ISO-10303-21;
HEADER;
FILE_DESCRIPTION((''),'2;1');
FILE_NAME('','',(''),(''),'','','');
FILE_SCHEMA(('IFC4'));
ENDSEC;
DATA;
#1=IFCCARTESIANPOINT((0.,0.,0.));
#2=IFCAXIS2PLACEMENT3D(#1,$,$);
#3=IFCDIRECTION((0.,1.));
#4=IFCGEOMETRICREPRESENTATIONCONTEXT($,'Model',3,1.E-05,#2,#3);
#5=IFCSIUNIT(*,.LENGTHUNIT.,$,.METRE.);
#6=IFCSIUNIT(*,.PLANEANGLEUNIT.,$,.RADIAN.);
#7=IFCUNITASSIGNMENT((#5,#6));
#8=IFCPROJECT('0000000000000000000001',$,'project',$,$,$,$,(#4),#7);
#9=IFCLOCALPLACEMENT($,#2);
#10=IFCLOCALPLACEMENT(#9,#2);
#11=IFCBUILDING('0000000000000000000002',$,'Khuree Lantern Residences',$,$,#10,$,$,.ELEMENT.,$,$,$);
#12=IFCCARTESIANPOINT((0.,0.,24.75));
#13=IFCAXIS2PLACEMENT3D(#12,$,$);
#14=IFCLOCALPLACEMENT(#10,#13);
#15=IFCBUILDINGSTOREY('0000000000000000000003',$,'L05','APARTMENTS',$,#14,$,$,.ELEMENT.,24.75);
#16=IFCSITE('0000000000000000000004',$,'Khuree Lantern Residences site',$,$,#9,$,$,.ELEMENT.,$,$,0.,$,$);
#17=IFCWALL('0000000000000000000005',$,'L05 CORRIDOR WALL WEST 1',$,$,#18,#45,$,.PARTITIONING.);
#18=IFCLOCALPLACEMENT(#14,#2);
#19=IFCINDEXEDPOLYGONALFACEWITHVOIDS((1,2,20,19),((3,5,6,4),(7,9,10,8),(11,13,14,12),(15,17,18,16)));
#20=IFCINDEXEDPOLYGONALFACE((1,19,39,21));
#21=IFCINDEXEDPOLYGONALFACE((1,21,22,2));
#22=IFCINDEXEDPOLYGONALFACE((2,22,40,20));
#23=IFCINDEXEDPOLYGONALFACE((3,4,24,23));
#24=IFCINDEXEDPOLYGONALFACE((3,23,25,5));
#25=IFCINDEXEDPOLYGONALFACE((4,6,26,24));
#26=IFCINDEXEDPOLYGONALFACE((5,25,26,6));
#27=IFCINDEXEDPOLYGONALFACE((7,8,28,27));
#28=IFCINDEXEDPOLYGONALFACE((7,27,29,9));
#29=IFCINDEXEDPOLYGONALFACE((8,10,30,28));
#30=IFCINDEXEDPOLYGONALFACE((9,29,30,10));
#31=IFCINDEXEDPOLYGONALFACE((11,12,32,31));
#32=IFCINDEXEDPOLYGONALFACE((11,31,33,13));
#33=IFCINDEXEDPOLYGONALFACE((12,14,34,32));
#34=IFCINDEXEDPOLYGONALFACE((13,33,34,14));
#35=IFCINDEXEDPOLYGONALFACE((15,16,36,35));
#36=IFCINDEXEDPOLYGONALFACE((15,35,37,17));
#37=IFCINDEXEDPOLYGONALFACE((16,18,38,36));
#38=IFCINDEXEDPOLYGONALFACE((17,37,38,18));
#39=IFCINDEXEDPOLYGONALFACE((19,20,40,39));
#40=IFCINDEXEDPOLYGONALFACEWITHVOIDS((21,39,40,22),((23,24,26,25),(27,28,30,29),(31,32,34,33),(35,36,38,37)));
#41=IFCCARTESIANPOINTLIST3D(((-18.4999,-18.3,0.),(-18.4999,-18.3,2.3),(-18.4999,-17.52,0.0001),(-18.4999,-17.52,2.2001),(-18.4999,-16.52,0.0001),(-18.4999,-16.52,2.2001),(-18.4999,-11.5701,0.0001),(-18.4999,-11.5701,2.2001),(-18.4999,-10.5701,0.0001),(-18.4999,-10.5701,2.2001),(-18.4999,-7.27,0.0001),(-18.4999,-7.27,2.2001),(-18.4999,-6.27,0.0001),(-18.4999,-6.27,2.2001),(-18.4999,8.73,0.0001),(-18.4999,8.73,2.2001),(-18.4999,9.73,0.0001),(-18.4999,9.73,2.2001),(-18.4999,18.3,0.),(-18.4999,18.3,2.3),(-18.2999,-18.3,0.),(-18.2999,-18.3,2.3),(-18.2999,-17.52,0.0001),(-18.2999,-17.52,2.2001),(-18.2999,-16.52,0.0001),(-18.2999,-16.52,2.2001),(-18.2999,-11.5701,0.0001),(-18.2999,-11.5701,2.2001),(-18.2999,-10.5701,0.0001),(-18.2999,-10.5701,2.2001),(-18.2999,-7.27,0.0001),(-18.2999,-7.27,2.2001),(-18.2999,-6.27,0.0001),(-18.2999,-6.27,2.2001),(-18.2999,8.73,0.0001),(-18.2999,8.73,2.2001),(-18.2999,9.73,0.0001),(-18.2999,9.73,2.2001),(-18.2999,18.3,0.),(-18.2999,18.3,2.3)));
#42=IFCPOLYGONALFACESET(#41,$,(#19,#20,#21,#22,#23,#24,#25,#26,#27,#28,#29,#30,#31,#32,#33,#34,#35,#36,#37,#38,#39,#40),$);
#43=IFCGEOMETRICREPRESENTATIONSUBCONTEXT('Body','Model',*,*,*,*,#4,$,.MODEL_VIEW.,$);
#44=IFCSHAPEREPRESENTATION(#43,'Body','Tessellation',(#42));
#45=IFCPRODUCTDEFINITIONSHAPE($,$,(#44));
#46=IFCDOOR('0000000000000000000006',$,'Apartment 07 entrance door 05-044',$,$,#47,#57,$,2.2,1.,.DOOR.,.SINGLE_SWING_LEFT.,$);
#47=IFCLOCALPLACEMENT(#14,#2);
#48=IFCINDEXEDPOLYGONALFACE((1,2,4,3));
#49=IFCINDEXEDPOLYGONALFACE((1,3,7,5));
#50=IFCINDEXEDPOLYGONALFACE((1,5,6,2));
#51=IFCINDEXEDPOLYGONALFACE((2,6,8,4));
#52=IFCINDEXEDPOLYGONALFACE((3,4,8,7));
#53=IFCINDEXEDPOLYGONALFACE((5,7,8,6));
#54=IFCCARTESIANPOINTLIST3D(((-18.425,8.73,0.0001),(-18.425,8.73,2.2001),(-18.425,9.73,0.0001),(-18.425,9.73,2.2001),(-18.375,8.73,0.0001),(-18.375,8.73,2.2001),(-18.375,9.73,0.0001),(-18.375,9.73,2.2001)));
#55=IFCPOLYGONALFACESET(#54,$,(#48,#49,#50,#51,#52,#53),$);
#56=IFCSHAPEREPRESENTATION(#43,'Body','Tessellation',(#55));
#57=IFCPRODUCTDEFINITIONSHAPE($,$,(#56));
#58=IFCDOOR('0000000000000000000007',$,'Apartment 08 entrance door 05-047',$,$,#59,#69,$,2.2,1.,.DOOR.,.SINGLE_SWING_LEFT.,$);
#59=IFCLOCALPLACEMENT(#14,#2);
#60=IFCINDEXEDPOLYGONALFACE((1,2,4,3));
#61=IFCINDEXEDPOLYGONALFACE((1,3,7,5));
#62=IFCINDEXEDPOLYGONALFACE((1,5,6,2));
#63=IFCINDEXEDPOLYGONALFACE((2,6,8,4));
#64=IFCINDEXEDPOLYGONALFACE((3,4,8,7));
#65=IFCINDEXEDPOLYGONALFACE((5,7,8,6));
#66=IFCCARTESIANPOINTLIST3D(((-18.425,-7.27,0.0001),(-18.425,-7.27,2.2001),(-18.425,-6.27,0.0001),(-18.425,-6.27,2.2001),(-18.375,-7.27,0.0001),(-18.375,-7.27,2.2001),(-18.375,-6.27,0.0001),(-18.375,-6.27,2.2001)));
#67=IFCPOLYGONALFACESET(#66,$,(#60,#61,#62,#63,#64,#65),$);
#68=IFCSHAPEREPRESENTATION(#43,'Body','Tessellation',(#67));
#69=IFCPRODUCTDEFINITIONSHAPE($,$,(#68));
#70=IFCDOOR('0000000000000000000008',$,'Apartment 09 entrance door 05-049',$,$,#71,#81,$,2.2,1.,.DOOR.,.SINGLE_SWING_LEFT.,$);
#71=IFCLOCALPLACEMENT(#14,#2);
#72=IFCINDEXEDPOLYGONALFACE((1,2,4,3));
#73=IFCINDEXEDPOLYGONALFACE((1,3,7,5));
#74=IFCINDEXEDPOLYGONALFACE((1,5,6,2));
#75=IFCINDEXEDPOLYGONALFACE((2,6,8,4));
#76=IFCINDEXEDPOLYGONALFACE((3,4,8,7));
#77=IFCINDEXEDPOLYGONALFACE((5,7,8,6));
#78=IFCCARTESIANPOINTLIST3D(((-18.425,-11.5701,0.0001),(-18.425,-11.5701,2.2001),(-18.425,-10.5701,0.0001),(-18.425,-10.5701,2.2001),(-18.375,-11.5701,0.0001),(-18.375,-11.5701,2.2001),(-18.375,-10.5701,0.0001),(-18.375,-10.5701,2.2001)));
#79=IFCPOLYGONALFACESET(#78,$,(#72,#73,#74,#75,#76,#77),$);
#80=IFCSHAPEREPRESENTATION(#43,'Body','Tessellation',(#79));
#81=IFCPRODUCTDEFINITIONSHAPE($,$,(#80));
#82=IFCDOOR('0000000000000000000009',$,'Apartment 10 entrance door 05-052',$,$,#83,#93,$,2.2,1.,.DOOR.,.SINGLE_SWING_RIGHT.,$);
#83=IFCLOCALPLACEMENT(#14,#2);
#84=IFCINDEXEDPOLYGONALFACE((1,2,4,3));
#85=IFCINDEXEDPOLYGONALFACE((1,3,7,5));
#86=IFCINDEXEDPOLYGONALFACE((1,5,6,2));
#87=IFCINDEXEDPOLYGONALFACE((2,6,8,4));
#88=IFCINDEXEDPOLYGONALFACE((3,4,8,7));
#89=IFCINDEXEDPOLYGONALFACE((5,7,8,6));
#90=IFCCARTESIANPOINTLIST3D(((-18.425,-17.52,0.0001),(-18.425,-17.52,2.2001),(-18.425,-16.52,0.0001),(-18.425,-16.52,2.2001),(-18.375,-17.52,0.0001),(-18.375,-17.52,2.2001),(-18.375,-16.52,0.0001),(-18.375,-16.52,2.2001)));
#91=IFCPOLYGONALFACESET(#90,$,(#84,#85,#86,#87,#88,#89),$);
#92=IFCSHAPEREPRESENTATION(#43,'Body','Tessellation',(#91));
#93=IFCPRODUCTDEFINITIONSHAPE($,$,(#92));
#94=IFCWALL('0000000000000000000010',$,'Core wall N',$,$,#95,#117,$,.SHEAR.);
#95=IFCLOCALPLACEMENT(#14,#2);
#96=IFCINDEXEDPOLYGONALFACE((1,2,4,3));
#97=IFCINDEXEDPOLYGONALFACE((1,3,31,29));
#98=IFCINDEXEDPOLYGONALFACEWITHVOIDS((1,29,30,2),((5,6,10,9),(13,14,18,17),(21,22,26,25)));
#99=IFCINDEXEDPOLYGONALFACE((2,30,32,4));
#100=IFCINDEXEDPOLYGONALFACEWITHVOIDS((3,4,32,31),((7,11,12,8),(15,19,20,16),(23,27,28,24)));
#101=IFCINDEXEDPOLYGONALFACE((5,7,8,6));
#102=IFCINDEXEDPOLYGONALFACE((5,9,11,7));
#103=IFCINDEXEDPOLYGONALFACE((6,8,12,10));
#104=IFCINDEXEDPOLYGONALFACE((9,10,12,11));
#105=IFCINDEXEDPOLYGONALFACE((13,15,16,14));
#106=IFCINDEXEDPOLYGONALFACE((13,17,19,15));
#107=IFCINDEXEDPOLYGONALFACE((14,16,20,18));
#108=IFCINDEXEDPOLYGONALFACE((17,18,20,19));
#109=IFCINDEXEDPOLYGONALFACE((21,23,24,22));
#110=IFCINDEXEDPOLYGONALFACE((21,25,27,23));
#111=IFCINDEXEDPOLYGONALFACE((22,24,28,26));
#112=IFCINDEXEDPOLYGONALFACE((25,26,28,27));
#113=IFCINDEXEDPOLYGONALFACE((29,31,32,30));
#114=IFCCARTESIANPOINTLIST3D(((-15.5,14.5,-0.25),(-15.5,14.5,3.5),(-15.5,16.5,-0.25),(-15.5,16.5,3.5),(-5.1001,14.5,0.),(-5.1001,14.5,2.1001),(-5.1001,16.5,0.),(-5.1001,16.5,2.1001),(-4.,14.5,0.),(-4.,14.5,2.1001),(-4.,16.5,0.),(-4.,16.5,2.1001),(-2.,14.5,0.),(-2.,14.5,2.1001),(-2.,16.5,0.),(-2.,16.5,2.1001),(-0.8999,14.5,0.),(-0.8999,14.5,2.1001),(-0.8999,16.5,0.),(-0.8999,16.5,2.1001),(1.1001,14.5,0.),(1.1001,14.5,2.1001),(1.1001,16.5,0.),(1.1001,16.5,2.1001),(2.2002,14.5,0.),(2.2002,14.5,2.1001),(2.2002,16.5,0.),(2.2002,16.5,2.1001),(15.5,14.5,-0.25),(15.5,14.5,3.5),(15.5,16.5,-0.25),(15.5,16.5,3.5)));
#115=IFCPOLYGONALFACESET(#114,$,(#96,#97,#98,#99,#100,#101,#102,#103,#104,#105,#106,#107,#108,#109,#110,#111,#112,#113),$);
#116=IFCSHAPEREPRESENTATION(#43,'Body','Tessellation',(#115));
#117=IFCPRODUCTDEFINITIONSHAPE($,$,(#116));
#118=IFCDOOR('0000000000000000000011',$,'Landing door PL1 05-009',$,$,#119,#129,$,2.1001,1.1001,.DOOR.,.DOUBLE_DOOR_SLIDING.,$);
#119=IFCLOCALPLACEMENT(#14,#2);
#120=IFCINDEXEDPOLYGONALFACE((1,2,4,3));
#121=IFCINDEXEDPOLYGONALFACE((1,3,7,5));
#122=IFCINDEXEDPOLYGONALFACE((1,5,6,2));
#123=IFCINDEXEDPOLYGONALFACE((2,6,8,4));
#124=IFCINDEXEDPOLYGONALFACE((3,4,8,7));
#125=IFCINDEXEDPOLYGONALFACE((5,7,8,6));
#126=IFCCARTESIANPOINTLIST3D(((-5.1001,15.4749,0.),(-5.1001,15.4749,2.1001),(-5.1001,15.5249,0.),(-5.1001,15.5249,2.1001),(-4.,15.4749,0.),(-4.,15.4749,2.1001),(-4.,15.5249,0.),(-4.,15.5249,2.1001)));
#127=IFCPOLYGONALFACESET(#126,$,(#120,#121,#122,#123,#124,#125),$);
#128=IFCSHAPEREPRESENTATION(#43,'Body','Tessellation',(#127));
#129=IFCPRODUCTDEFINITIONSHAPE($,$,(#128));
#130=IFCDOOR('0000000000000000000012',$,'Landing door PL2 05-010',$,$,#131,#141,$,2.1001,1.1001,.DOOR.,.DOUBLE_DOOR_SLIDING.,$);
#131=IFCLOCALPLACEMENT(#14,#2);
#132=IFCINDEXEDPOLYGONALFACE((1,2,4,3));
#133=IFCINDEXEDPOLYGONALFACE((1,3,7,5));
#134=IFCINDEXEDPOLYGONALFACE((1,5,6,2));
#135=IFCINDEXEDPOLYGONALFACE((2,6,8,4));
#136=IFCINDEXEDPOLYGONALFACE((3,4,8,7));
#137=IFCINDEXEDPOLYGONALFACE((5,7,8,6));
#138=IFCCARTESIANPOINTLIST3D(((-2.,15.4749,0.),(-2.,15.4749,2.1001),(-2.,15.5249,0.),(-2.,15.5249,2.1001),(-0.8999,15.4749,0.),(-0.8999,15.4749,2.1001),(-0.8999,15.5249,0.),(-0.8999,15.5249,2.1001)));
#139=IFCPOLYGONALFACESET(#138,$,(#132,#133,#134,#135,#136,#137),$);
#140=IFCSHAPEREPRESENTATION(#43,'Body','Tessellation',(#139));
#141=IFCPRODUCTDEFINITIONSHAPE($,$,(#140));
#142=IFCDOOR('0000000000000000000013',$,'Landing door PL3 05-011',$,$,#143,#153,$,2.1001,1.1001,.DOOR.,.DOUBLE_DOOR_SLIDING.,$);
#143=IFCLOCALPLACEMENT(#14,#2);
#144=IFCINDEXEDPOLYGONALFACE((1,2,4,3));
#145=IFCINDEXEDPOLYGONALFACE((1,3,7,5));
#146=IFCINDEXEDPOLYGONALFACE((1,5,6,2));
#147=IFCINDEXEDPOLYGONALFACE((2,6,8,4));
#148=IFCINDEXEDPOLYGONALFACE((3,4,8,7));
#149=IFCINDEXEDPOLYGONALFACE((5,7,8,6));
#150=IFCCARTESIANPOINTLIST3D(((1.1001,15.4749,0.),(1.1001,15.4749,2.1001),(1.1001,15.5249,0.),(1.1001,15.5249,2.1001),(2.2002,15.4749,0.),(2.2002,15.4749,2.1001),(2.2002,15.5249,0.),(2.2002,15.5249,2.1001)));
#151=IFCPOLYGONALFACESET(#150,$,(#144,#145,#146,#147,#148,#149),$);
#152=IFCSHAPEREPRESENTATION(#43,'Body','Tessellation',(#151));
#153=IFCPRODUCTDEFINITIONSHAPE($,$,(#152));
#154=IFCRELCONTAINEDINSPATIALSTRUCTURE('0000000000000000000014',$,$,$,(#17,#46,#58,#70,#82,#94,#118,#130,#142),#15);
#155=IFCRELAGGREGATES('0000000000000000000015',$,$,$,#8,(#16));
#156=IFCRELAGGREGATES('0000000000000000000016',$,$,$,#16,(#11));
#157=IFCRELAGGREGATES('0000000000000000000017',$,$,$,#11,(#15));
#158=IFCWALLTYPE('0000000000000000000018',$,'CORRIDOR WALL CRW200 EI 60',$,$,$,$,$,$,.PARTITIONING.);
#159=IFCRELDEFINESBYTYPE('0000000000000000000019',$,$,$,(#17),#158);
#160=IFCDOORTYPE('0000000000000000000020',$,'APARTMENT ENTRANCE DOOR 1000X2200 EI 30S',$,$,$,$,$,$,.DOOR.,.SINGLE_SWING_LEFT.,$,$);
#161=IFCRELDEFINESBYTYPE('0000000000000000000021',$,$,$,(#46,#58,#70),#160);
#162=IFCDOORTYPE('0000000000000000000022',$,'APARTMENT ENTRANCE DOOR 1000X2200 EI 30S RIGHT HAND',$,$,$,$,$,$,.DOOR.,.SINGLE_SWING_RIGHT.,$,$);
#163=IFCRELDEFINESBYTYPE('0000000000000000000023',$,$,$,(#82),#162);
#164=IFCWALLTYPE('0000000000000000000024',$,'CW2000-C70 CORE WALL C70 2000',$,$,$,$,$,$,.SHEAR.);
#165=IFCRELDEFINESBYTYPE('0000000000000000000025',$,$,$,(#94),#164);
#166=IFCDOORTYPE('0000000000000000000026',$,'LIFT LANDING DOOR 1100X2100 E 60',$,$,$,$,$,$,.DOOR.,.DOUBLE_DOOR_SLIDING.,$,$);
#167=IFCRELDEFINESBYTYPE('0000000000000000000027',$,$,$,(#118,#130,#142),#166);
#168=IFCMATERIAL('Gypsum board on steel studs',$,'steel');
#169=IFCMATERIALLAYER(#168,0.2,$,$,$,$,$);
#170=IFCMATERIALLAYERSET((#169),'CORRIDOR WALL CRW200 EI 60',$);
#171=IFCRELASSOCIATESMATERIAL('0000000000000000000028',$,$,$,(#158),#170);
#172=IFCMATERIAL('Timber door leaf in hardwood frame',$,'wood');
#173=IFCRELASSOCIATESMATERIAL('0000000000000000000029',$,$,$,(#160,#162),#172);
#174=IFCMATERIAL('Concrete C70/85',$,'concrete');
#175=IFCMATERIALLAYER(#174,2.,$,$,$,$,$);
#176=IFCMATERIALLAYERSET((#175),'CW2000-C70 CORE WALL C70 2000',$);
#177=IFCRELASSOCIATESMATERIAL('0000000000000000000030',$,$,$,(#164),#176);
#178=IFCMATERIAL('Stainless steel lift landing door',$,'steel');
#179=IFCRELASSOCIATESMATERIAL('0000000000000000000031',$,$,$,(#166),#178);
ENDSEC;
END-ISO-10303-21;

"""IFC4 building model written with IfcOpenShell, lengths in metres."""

from ifc_helpers import new_model, si_unit, direction, frame, frame_2d, origin, place, context, subcontext, project, spatial, rectangle, extrude, material, layer, layer_set, type_object, element, fill, save


model = new_model("IFC4")

# Units and contexts
model_context = context("Model", 3, precision=1e-05, world=origin(), true_north=direction((0.0, 1.0)))
body_context = subcontext(model_context, "Body", "Model", "MODEL_VIEW")
ifc_project = project(units=[si_unit("LENGTHUNIT", "METRE"), si_unit("PLANEANGLEUNIT", "RADIAN")], contexts=[model_context])

# Site, building, storey
site_placement = place(None, origin())
site = spatial("IfcSite", under=ifc_project, at=site_placement, Name="Khuree Lantern Residences site", CompositionType="ELEMENT", RefElevation=0.0)
building_placement = place(site_placement, origin())
building = spatial("IfcBuilding", under=site, at=building_placement, Name="Khuree Lantern Residences", CompositionType="ELEMENT")
storey_placement = place(building_placement, frame((0.0, 0.0, 24.75)))
storey = spatial("IfcBuildingStorey", under=building, at=storey_placement, Name="L05", Description="APARTMENTS", CompositionType="ELEMENT", Elevation=24.75)

# Shared definitions
ifc_material_1 = material(Name="Concrete C70/85", Category="concrete")

# Shared definitions
ifc_material_2 = material(Name="Gypsum board on steel studs", Category="steel")
ifc_layer_1 = layer(ifc_material_2, 0.2)
ifc_layer_set_1 = layer_set([ifc_layer_1], Name="CORRIDOR WALL CRW200 EI 60")
wall_type_1 = type_object("IfcWallType", Name="CORRIDOR WALL CRW200 EI 60", PredefinedType="PARTITIONING", material=ifc_layer_set_1)

# Walls, openings, doors
wall_1_placement = place(storey_placement, frame((-18.3999, 18.3, 0.0), z_axis=(0.0, 0.0, 1.0), x_axis=(0.0, -1.0, 0.0)))
wall_1 = element("IfcWall", 1, at=wall_1_placement, inside=storey, type_object=wall_type_1, Name="L05 CORRIDOR WALL WEST 1", PredefinedType="PARTITIONING", context=body_context, shape_type="SweptSolid", body=[
    extrude(rectangle(XDim=36.6001, YDim=0.2, at=frame_2d((18.3, 0.0))), origin(), (0.0, 0.0, 1.0), 2.3),
])
opening_1_placement = place(wall_1_placement, frame((8.5701, 0.0, 0.0)))
opening_1 = element("IfcOpeningElement", 2, at=opening_1_placement, cuts=wall_1, PredefinedType="OPENING", context=body_context, shape_type="SweptSolid", body=[
    extrude(rectangle(XDim=1.0, YDim=2.2, at=frame_2d((0.5, 1.1001))), frame((0.0, 0.1099, 0.0), z_axis=(0.0, -1.0, 0.0), x_axis=(1.0, 0.0, 0.0)), (0.0, 0.0, 1.0), 0.22),
])
opening_2_placement = place(wall_1_placement, frame((24.5701, 0.0, 0.0)))
opening_2 = element("IfcOpeningElement", 3, at=opening_2_placement, cuts=wall_1, PredefinedType="OPENING", context=body_context, shape_type="SweptSolid", body=[
    extrude(rectangle(XDim=1.0, YDim=2.2, at=frame_2d((0.5, 1.1001))), frame((0.0, 0.1099, 0.0), z_axis=(0.0, -1.0, 0.0), x_axis=(1.0, 0.0, 0.0)), (0.0, 0.0, 1.0), 0.22),
])
opening_3_placement = place(wall_1_placement, frame((28.8701, 0.0, 0.0)))
opening_3 = element("IfcOpeningElement", 4, at=opening_3_placement, cuts=wall_1, PredefinedType="OPENING", context=body_context, shape_type="SweptSolid", body=[
    extrude(rectangle(XDim=1.0, YDim=2.2, at=frame_2d((0.5, 1.1001))), frame((0.0, 0.1099, 0.0), z_axis=(0.0, -1.0, 0.0), x_axis=(1.0, 0.0, 0.0)), (0.0, 0.0, 1.0), 0.22),
])
opening_4_placement = place(wall_1_placement, frame((34.8201, 0.0, 0.0)))
opening_4 = element("IfcOpeningElement", 5, at=opening_4_placement, cuts=wall_1, PredefinedType="OPENING", context=body_context, shape_type="SweptSolid", body=[
    extrude(rectangle(XDim=1.0, YDim=2.2, at=frame_2d((0.5, 1.1001))), frame((0.0, 0.1099, 0.0), z_axis=(0.0, -1.0, 0.0), x_axis=(1.0, 0.0, 0.0)), (0.0, 0.0, 1.0), 0.22),
])
ifc_material_3 = material(Name="Timber door leaf in hardwood frame", Category="wood")
door_type_1 = type_object("IfcDoorType", Name="APARTMENT ENTRANCE DOOR 1000X2200 EI 30S", OperationType="SINGLE_SWING_LEFT", PredefinedType="DOOR", material=ifc_material_3)
door_1_placement = place(opening_1_placement, origin())
door_1 = element("IfcDoor", 6, at=door_1_placement, inside=storey, type_object=door_type_1, Name="Apartment 07 entrance door 05-044", OperationType="SINGLE_SWING_LEFT", OverallHeight=2.2, OverallWidth=1.0, PredefinedType="DOOR", context=body_context, shape_type="SweptSolid", body=[
    extrude(rectangle(XDim=1.0, YDim=2.2, at=frame_2d((0.5, 1.1001))), frame((0.0, 0.0249, 0.0), z_axis=(0.0, -1.0, 0.0), x_axis=(1.0, 0.0, 0.0)), (0.0, 0.0, 1.0), 0.05),
])
fill(opening_1, door_1)
door_2_placement = place(opening_2_placement, origin())
door_2 = element("IfcDoor", 7, at=door_2_placement, inside=storey, type_object=door_type_1, Name="Apartment 08 entrance door 05-047", OperationType="SINGLE_SWING_LEFT", OverallHeight=2.2, OverallWidth=1.0, PredefinedType="DOOR", context=body_context, shape_type="SweptSolid", body=[
    extrude(rectangle(XDim=1.0, YDim=2.2, at=frame_2d((0.5, 1.1001))), frame((0.0, 0.0249, 0.0), z_axis=(0.0, -1.0, 0.0), x_axis=(1.0, 0.0, 0.0)), (0.0, 0.0, 1.0), 0.05),
])
fill(opening_2, door_2)
door_3_placement = place(opening_3_placement, origin())
door_3 = element("IfcDoor", 8, at=door_3_placement, inside=storey, type_object=door_type_1, Name="Apartment 09 entrance door 05-049", OperationType="SINGLE_SWING_LEFT", OverallHeight=2.2, OverallWidth=1.0, PredefinedType="DOOR", context=body_context, shape_type="SweptSolid", body=[
    extrude(rectangle(XDim=1.0, YDim=2.2, at=frame_2d((0.5, 1.1001))), frame((0.0, 0.0249, 0.0), z_axis=(0.0, -1.0, 0.0), x_axis=(1.0, 0.0, 0.0)), (0.0, 0.0, 1.0), 0.05),
])
fill(opening_3, door_3)
door_type_2 = type_object("IfcDoorType", Name="APARTMENT ENTRANCE DOOR 1000X2200 EI 30S RIGHT HAND", OperationType="SINGLE_SWING_RIGHT", PredefinedType="DOOR", material=ifc_material_3)
door_4_placement = place(opening_4_placement, origin())
door_4 = element("IfcDoor", 9, at=door_4_placement, inside=storey, type_object=door_type_2, Name="Apartment 10 entrance door 05-052", OperationType="SINGLE_SWING_RIGHT", OverallHeight=2.2, OverallWidth=1.0, PredefinedType="DOOR", context=body_context, shape_type="SweptSolid", body=[
    extrude(rectangle(XDim=1.0, YDim=2.2, at=frame_2d((0.5, 1.1001))), frame((0.0, 0.0249, 0.0), z_axis=(0.0, -1.0, 0.0), x_axis=(1.0, 0.0, 0.0)), (0.0, 0.0, 1.0), 0.05),
])
fill(opening_4, door_4)
ifc_layer_2 = layer(ifc_material_1, 2.0)
ifc_layer_set_2 = layer_set([ifc_layer_2], Name="CW2000-C70 CORE WALL C70 2000")
wall_type_2 = type_object("IfcWallType", Name="CW2000-C70 CORE WALL C70 2000", PredefinedType="SHEAR", material=ifc_layer_set_2)
wall_2_placement = place(storey_placement, frame((-15.5, 15.5, -0.25), z_axis=(0.0, 0.0, 1.0), x_axis=(1.0, 0.0, 0.0)))
wall_2 = element("IfcWall", 10, at=wall_2_placement, inside=storey, type_object=wall_type_2, Name="Core wall N", PredefinedType="SHEAR", context=body_context, shape_type="SweptSolid", body=[
    extrude(rectangle(XDim=31.0, YDim=2.0, at=frame_2d((15.5, 0.0))), origin(), (0.0, 0.0, 1.0), 3.75),
])
opening_5_placement = place(wall_2_placement, frame((10.3999, 0.0, 0.25)))
opening_5 = element("IfcOpeningElement", 11, at=opening_5_placement, cuts=wall_2, PredefinedType="OPENING", context=body_context, shape_type="SweptSolid", body=[
    extrude(rectangle(XDim=1.1001, YDim=2.1001, at=frame_2d((0.55, 1.05))), frame((0.0, 1.01, 0.0), z_axis=(0.0, -1.0, 0.0), x_axis=(1.0, 0.0, 0.0)), (0.0, 0.0, 1.0), 2.02),
])
opening_6_placement = place(wall_2_placement, frame((13.5, 0.0, 0.25)))
opening_6 = element("IfcOpeningElement", 12, at=opening_6_placement, cuts=wall_2, PredefinedType="OPENING", context=body_context, shape_type="SweptSolid", body=[
    extrude(rectangle(XDim=1.1001, YDim=2.1001, at=frame_2d((0.55, 1.05))), frame((0.0, 1.01, 0.0), z_axis=(0.0, -1.0, 0.0), x_axis=(1.0, 0.0, 0.0)), (0.0, 0.0, 1.0), 2.02),
])
opening_7_placement = place(wall_2_placement, frame((16.6001, 0.0, 0.25)))
opening_7 = element("IfcOpeningElement", 13, at=opening_7_placement, cuts=wall_2, PredefinedType="OPENING", context=body_context, shape_type="SweptSolid", body=[
    extrude(rectangle(XDim=1.1001, YDim=2.1001, at=frame_2d((0.55, 1.05))), frame((0.0, 1.01, 0.0), z_axis=(0.0, -1.0, 0.0), x_axis=(1.0, 0.0, 0.0)), (0.0, 0.0, 1.0), 2.02),
])
ifc_material_4 = material(Name="Stainless steel lift landing door", Category="steel")
door_type_3 = type_object("IfcDoorType", Name="LIFT LANDING DOOR 1100X2100 E 60", OperationType="DOUBLE_DOOR_SLIDING", PredefinedType="DOOR", material=ifc_material_4)
door_5_placement = place(opening_5_placement, origin())
door_5 = element("IfcDoor", 14, at=door_5_placement, inside=storey, type_object=door_type_3, Name="Landing door PL1 05-009", OperationType="DOUBLE_DOOR_SLIDING", OverallHeight=2.1001, OverallWidth=1.1001, PredefinedType="DOOR", context=body_context, shape_type="SweptSolid", body=[
    extrude(rectangle(XDim=1.1001, YDim=2.1001, at=frame_2d((0.55, 1.05))), frame((0.0, 0.0249, 0.0), z_axis=(0.0, -1.0, 0.0), x_axis=(1.0, 0.0, 0.0)), (0.0, 0.0, 1.0), 0.05),
])
fill(opening_5, door_5)
door_6_placement = place(opening_6_placement, origin())
door_6 = element("IfcDoor", 15, at=door_6_placement, inside=storey, type_object=door_type_3, Name="Landing door PL2 05-010", OperationType="DOUBLE_DOOR_SLIDING", OverallHeight=2.1001, OverallWidth=1.1001, PredefinedType="DOOR", context=body_context, shape_type="SweptSolid", body=[
    extrude(rectangle(XDim=1.1001, YDim=2.1001, at=frame_2d((0.55, 1.05))), frame((0.0, 0.0249, 0.0), z_axis=(0.0, -1.0, 0.0), x_axis=(1.0, 0.0, 0.0)), (0.0, 0.0, 1.0), 0.05),
])
fill(opening_6, door_6)
door_7_placement = place(opening_7_placement, origin())
door_7 = element("IfcDoor", 16, at=door_7_placement, inside=storey, type_object=door_type_3, Name="Landing door PL3 05-011", OperationType="DOUBLE_DOOR_SLIDING", OverallHeight=2.1001, OverallWidth=1.1001, PredefinedType="DOOR", context=body_context, shape_type="SweptSolid", body=[
    extrude(rectangle(XDim=1.1001, YDim=2.1001, at=frame_2d((0.55, 1.05))), frame((0.0, 0.0249, 0.0), z_axis=(0.0, -1.0, 0.0), x_axis=(1.0, 0.0, 0.0)), (0.0, 0.0, 1.0), 0.05),
])
fill(opening_7, door_7)

save(model, "model.ifc")
